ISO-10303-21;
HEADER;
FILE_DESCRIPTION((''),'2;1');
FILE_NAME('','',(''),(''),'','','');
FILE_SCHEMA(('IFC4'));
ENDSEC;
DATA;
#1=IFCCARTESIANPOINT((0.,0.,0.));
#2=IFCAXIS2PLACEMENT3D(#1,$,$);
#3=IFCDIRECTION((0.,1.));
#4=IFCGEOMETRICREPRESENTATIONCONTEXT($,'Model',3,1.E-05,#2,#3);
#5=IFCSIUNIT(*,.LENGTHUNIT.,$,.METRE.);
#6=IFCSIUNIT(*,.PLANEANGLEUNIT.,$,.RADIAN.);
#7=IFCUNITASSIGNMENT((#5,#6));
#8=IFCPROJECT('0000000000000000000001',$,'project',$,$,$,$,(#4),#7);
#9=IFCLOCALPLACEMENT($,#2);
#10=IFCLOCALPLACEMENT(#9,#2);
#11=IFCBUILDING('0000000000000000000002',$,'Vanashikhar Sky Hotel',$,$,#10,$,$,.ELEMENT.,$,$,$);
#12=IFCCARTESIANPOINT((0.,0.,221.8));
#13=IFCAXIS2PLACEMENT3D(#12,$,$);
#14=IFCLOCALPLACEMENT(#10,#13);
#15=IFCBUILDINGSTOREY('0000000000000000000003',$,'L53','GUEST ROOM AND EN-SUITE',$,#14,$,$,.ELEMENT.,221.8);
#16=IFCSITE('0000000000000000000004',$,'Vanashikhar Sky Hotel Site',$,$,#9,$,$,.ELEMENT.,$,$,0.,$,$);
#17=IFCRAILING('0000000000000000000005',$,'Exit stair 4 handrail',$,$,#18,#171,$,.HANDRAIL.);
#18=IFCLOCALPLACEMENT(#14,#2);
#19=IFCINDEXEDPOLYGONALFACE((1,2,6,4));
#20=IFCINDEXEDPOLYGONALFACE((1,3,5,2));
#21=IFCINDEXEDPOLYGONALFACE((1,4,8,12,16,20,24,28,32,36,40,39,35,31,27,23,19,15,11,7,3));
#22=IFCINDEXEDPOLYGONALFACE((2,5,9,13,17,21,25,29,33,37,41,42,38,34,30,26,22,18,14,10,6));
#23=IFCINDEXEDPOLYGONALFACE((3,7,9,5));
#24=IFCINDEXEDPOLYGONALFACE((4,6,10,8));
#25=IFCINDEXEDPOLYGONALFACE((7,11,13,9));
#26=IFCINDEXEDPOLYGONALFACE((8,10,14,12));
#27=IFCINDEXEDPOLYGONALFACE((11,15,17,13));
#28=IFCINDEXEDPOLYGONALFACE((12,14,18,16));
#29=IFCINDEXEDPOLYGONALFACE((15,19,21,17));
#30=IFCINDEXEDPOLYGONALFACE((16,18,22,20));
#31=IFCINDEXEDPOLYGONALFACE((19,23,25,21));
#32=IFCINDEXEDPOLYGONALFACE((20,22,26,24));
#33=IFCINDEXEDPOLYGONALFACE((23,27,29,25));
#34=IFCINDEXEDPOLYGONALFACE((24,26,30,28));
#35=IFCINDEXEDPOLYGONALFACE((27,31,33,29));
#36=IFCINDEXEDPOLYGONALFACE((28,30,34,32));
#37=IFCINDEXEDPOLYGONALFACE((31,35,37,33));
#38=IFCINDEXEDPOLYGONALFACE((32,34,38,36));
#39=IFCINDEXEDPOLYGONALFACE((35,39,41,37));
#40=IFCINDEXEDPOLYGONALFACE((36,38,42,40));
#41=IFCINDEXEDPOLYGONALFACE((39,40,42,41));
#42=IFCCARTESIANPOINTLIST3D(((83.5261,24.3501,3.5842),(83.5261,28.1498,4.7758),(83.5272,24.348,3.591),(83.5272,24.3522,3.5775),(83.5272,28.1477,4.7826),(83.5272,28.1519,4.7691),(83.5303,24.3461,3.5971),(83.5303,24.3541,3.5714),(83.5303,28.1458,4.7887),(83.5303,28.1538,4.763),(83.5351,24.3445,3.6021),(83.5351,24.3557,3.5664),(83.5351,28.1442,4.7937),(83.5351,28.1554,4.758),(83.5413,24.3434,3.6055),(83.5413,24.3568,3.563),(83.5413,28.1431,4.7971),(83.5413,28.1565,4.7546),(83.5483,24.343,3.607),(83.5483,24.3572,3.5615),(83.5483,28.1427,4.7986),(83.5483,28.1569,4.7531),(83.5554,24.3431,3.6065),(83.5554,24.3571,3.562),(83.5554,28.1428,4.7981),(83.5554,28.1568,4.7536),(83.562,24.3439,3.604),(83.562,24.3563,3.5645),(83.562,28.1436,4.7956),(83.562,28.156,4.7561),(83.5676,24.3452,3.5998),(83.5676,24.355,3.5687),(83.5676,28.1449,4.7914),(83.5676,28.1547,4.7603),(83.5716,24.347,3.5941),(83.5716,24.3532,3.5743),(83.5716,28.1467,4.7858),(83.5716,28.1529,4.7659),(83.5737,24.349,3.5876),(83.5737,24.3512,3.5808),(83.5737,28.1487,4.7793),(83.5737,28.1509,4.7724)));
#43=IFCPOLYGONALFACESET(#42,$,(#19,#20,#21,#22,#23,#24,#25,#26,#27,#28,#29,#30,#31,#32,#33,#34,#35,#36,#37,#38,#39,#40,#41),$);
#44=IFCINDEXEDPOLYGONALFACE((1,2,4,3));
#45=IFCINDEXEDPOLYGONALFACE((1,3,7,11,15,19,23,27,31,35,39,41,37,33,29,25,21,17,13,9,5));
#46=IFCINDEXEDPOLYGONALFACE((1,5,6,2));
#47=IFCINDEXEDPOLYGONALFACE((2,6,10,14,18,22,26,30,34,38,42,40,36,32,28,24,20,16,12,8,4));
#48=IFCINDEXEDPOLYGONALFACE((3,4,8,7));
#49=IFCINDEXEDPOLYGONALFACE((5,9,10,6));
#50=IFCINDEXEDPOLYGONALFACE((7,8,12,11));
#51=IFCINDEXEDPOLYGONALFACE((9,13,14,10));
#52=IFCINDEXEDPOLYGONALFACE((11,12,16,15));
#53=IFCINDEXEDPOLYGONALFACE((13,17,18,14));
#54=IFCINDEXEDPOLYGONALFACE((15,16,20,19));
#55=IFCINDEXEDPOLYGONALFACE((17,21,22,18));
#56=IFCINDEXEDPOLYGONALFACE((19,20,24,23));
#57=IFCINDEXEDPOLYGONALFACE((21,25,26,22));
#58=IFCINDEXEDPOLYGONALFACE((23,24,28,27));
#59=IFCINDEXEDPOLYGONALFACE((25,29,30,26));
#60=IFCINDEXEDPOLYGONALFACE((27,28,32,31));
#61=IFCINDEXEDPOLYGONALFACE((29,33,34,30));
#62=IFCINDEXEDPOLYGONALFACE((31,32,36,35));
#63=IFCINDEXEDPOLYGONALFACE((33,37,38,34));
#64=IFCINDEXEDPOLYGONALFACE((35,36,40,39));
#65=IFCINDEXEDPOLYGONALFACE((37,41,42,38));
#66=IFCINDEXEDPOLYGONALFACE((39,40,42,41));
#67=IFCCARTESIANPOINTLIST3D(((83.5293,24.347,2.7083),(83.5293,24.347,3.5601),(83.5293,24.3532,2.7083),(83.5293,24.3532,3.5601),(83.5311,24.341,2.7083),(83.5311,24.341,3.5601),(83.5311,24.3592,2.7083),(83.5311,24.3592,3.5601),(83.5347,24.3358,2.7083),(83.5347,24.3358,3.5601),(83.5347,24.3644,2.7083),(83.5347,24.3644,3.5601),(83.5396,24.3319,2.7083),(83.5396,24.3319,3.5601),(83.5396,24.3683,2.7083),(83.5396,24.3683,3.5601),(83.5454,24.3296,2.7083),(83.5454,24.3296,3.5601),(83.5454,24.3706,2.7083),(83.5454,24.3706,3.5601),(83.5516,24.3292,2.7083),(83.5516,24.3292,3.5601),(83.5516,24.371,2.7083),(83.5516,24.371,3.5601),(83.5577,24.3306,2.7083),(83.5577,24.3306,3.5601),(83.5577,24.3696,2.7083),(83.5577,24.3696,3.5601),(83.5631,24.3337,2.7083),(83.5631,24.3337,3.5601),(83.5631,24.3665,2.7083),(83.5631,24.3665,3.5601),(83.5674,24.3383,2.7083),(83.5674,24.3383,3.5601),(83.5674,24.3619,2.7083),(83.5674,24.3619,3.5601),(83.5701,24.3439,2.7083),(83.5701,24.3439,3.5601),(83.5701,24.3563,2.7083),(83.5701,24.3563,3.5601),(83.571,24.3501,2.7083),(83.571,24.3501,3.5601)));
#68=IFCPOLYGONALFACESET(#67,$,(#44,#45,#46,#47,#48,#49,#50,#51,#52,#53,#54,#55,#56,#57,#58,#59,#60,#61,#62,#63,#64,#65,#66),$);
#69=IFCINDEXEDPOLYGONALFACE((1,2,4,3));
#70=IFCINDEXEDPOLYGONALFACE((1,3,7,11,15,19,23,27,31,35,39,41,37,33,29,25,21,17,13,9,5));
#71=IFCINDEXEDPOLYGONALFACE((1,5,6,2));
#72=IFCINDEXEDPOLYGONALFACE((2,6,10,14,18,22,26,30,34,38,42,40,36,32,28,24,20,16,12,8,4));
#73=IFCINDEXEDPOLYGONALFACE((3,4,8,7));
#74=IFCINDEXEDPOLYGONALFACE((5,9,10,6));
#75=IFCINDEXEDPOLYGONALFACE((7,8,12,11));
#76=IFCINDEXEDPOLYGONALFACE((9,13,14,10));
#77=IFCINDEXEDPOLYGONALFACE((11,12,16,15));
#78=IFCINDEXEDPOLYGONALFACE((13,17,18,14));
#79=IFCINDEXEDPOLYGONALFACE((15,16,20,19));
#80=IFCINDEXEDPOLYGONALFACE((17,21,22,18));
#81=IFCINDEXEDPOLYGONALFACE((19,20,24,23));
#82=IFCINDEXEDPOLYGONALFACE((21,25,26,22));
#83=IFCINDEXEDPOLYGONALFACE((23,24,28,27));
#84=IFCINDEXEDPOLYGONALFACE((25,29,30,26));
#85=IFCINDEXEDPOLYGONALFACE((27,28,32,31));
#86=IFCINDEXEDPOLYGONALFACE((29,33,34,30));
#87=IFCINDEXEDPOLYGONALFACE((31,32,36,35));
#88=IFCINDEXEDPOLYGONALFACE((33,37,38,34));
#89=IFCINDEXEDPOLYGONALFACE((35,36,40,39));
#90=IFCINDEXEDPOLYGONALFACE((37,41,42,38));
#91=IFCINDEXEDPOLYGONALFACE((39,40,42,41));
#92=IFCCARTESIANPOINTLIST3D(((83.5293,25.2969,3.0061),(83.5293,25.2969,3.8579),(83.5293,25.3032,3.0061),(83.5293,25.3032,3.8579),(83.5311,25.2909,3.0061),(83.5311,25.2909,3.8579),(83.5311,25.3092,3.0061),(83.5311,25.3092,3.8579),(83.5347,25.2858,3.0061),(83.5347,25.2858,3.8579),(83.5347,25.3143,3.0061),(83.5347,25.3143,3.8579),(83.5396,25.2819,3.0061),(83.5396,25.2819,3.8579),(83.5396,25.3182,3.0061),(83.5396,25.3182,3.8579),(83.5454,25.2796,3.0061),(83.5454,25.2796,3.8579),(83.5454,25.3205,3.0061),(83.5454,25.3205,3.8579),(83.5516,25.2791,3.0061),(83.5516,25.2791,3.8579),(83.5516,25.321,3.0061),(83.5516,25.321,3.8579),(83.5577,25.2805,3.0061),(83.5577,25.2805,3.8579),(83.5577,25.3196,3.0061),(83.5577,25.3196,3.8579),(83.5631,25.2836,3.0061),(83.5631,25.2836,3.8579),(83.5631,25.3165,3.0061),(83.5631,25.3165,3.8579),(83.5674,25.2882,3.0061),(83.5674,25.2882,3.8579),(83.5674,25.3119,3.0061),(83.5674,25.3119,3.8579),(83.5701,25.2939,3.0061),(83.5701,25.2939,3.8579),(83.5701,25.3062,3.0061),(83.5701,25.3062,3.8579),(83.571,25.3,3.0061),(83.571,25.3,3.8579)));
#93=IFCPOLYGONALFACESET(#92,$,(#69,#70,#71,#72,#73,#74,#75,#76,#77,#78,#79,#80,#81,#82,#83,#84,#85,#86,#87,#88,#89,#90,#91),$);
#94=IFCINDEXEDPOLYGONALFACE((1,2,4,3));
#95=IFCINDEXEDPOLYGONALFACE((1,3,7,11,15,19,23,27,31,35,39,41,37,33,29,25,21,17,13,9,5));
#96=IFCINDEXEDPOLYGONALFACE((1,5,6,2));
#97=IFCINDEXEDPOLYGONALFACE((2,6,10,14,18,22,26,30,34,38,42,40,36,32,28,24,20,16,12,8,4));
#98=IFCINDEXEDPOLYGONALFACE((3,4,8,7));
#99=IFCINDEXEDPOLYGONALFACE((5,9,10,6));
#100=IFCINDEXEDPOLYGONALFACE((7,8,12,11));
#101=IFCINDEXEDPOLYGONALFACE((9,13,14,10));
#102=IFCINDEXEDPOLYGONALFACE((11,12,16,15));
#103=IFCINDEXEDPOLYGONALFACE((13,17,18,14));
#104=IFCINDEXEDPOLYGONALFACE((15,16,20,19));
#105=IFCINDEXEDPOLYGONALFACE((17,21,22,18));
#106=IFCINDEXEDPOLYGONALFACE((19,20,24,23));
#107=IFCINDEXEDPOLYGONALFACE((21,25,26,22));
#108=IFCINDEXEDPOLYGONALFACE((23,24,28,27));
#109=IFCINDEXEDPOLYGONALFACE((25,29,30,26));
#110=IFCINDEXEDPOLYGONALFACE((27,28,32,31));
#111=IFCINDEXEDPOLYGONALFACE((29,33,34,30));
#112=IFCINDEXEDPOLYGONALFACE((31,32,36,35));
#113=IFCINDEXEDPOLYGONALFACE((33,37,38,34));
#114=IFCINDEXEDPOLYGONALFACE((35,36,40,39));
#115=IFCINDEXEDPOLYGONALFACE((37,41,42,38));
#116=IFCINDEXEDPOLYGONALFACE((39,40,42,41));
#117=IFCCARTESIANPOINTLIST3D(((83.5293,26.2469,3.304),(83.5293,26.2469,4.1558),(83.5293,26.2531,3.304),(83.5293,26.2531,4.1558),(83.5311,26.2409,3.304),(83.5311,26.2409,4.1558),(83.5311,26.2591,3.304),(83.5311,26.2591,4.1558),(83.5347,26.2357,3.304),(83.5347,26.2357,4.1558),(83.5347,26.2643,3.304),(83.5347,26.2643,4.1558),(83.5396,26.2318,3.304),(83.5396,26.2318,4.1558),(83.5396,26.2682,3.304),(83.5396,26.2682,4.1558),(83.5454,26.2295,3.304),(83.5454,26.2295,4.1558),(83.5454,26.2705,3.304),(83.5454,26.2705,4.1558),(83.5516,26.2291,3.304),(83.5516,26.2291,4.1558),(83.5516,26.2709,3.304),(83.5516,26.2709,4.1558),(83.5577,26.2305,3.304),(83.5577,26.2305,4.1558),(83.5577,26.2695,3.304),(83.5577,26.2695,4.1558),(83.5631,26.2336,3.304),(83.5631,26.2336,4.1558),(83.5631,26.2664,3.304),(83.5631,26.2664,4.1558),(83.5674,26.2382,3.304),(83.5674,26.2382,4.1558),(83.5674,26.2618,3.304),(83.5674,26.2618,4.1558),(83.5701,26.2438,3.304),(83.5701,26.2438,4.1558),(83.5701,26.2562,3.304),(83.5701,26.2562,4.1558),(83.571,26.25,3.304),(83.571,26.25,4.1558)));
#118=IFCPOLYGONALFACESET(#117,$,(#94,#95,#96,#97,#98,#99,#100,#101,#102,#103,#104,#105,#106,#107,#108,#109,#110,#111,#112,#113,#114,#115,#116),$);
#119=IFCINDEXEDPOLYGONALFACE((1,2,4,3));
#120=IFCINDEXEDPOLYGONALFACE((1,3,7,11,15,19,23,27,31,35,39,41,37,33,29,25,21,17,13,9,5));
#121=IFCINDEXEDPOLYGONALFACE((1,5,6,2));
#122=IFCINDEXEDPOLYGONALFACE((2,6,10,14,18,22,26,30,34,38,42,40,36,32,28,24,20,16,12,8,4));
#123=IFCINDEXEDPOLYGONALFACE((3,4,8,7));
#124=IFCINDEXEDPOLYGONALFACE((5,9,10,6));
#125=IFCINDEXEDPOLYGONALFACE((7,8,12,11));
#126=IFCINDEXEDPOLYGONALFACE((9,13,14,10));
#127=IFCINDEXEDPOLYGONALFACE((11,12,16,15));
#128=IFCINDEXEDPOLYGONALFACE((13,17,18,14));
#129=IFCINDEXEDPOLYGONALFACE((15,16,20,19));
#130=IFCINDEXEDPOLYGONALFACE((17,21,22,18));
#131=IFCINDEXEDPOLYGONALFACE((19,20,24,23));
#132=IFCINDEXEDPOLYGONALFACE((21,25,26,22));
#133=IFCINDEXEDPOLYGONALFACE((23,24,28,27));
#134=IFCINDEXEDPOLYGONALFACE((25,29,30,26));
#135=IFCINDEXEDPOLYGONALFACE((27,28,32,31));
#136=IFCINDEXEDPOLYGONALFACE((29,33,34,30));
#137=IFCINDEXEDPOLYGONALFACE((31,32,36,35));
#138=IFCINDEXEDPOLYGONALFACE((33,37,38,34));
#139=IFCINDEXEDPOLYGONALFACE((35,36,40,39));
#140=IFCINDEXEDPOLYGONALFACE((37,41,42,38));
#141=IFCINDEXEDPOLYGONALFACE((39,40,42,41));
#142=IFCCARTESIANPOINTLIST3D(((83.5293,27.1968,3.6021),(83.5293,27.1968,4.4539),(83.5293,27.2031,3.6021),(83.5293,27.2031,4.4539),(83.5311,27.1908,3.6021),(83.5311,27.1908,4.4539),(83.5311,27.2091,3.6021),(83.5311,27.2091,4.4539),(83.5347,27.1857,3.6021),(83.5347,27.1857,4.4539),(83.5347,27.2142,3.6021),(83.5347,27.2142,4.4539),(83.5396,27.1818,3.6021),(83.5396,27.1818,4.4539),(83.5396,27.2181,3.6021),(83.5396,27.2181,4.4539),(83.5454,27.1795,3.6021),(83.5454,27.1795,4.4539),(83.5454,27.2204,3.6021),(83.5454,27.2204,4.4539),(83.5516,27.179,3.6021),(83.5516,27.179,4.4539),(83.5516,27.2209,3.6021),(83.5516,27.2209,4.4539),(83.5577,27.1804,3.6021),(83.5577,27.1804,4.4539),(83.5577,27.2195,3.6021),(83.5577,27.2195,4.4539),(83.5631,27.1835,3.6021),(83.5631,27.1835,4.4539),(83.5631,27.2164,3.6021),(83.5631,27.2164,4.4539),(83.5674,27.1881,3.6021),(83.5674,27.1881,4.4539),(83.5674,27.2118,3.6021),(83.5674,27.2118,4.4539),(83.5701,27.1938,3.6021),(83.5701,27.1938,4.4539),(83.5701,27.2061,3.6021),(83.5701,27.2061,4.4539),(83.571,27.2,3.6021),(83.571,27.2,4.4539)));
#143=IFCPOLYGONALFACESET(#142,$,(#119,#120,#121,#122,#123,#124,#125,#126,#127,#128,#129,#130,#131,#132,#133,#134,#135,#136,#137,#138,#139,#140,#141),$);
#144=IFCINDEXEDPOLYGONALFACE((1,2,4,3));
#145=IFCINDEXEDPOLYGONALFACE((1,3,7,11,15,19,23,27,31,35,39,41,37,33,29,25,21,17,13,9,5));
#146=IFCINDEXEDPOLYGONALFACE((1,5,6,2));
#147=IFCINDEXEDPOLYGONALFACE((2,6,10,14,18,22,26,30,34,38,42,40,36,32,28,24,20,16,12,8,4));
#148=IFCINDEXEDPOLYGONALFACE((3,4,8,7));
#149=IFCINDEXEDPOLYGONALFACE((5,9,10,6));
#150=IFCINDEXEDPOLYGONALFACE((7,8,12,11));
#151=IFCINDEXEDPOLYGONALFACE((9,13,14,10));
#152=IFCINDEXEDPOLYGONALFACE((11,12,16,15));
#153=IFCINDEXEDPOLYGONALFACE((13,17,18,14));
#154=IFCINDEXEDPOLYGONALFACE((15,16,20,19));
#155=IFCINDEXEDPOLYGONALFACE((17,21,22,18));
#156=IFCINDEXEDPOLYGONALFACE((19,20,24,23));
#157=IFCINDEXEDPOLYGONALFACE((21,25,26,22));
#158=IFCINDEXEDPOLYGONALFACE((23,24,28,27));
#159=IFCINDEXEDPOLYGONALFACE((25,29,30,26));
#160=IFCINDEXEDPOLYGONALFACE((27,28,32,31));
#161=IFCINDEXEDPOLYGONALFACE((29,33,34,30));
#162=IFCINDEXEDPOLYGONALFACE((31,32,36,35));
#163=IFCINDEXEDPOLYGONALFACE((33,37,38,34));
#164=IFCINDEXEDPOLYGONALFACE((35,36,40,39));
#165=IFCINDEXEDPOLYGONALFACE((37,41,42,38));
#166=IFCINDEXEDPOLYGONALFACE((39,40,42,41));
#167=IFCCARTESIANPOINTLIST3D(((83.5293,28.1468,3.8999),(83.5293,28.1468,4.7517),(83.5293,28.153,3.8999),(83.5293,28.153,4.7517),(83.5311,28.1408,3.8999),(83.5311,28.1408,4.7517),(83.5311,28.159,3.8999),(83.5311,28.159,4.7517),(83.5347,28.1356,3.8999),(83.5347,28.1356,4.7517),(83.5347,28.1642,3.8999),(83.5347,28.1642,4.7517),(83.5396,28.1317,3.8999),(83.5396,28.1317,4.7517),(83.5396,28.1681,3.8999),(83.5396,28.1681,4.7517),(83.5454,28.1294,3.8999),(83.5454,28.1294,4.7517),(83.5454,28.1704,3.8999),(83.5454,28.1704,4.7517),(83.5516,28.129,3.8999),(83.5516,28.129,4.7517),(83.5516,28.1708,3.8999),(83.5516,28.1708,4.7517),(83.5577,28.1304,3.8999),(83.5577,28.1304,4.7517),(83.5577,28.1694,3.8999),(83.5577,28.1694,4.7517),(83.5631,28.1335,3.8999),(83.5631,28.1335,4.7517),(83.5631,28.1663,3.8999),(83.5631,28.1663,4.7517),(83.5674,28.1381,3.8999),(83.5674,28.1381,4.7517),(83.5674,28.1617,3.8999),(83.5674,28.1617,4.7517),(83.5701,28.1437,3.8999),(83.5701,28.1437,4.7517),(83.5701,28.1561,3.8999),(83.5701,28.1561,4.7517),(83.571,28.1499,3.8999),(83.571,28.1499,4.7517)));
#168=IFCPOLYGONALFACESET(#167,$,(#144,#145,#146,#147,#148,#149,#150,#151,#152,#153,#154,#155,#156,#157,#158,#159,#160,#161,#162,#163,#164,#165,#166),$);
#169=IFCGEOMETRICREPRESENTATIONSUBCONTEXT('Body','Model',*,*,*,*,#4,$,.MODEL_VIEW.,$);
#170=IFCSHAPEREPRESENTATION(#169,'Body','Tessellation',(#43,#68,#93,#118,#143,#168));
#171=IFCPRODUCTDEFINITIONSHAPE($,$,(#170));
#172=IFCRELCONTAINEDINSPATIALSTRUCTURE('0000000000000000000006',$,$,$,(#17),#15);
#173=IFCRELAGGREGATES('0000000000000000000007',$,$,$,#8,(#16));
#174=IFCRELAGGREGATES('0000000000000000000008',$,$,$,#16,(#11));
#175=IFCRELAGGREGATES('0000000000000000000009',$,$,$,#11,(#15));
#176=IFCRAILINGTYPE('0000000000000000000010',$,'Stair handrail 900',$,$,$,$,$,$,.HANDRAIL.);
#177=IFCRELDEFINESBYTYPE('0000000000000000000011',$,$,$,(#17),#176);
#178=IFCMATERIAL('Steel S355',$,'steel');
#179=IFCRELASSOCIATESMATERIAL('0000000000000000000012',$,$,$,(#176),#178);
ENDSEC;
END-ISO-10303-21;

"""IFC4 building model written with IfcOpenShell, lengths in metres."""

from ifc_helpers import new_model, si_unit, direction, frame, origin, origin_2d, place, context, subcontext, project, spatial, circle, extrude, source, transform, mapped, material, type_object, element, save


model = new_model("IFC4")

# Units and contexts
model_context = context("Model", 3, precision=1e-05, world=origin(), true_north=direction((0.0, 1.0)))
body_context = subcontext(model_context, "Body", "Model", "MODEL_VIEW")
ifc_project = project(units=[si_unit("LENGTHUNIT", "METRE"), si_unit("PLANEANGLEUNIT", "RADIAN")], contexts=[model_context])

# Site, building, storey
site_placement = place(None, origin())
site = spatial("IfcSite", under=ifc_project, at=site_placement, Name="Vanashikhar Sky Hotel Site", CompositionType="ELEMENT", RefElevation=0.0)
building_placement = place(site_placement, origin())
building = spatial("IfcBuilding", under=site, at=building_placement, Name="Vanashikhar Sky Hotel", CompositionType="ELEMENT")
storey_placement = place(building_placement, frame((0.0, 0.0, 221.8)))
storey = spatial("IfcBuildingStorey", under=building, at=storey_placement, Name="L53", Description="GUEST ROOM AND EN-SUITE", CompositionType="ELEMENT", Elevation=221.8)

# Railing
ifc_material_1 = material(Name="Steel S355", Category="steel")
railing_type_1 = type_object("IfcRailingType", Name="Stair handrail 900", PredefinedType="HANDRAIL", material=ifc_material_1)
shared_shape_1 = source(origin(), body_context, "Body", "SweptSolid", [
    extrude(circle(Radius=0.0239, at=origin_2d()), frame((0.0, 0.0, 0.876), z_axis=(0.0, 0.954178, 0.299238), x_axis=(-1.0, 0.0, 0.0)), (0.0, 0.0, 1.0), 3.9822),
    extrude(circle(Radius=0.021, at=origin_2d()), origin(), (0.0, 0.0, 1.0), 0.8518),
    extrude(circle(Radius=0.021, at=origin_2d()), frame((0.0, 0.95, 0.2979)), (0.0, 0.0, 1.0), 0.8518),
    extrude(circle(Radius=0.021, at=origin_2d()), frame((0.0, 1.8999, 0.5957)), (0.0, 0.0, 1.0), 0.8518),
    extrude(circle(Radius=0.021, at=origin_2d()), frame((0.0, 2.8499, 0.8938)), (0.0, 0.0, 1.0), 0.8518),
    extrude(circle(Radius=0.021, at=origin_2d()), frame((0.0, 3.7998, 1.1917)), (0.0, 0.0, 1.0), 0.8518),
])
for number, where, name in (
    (1, (83.55, 24.3501, 2.7083), "Exit stair 4 handrail"),
):
    element("IfcRailing", number, at=place(storey_placement, frame(where)), inside=storey, type_object=railing_type_1, Name=name, PredefinedType="HANDRAIL", context=body_context, shape_type="MappedRepresentation", body=[
        mapped(shared_shape_1, transform((0.0, 0.0, 0.0), scale=1.0)),
    ])

save(model, "model.ifc")
